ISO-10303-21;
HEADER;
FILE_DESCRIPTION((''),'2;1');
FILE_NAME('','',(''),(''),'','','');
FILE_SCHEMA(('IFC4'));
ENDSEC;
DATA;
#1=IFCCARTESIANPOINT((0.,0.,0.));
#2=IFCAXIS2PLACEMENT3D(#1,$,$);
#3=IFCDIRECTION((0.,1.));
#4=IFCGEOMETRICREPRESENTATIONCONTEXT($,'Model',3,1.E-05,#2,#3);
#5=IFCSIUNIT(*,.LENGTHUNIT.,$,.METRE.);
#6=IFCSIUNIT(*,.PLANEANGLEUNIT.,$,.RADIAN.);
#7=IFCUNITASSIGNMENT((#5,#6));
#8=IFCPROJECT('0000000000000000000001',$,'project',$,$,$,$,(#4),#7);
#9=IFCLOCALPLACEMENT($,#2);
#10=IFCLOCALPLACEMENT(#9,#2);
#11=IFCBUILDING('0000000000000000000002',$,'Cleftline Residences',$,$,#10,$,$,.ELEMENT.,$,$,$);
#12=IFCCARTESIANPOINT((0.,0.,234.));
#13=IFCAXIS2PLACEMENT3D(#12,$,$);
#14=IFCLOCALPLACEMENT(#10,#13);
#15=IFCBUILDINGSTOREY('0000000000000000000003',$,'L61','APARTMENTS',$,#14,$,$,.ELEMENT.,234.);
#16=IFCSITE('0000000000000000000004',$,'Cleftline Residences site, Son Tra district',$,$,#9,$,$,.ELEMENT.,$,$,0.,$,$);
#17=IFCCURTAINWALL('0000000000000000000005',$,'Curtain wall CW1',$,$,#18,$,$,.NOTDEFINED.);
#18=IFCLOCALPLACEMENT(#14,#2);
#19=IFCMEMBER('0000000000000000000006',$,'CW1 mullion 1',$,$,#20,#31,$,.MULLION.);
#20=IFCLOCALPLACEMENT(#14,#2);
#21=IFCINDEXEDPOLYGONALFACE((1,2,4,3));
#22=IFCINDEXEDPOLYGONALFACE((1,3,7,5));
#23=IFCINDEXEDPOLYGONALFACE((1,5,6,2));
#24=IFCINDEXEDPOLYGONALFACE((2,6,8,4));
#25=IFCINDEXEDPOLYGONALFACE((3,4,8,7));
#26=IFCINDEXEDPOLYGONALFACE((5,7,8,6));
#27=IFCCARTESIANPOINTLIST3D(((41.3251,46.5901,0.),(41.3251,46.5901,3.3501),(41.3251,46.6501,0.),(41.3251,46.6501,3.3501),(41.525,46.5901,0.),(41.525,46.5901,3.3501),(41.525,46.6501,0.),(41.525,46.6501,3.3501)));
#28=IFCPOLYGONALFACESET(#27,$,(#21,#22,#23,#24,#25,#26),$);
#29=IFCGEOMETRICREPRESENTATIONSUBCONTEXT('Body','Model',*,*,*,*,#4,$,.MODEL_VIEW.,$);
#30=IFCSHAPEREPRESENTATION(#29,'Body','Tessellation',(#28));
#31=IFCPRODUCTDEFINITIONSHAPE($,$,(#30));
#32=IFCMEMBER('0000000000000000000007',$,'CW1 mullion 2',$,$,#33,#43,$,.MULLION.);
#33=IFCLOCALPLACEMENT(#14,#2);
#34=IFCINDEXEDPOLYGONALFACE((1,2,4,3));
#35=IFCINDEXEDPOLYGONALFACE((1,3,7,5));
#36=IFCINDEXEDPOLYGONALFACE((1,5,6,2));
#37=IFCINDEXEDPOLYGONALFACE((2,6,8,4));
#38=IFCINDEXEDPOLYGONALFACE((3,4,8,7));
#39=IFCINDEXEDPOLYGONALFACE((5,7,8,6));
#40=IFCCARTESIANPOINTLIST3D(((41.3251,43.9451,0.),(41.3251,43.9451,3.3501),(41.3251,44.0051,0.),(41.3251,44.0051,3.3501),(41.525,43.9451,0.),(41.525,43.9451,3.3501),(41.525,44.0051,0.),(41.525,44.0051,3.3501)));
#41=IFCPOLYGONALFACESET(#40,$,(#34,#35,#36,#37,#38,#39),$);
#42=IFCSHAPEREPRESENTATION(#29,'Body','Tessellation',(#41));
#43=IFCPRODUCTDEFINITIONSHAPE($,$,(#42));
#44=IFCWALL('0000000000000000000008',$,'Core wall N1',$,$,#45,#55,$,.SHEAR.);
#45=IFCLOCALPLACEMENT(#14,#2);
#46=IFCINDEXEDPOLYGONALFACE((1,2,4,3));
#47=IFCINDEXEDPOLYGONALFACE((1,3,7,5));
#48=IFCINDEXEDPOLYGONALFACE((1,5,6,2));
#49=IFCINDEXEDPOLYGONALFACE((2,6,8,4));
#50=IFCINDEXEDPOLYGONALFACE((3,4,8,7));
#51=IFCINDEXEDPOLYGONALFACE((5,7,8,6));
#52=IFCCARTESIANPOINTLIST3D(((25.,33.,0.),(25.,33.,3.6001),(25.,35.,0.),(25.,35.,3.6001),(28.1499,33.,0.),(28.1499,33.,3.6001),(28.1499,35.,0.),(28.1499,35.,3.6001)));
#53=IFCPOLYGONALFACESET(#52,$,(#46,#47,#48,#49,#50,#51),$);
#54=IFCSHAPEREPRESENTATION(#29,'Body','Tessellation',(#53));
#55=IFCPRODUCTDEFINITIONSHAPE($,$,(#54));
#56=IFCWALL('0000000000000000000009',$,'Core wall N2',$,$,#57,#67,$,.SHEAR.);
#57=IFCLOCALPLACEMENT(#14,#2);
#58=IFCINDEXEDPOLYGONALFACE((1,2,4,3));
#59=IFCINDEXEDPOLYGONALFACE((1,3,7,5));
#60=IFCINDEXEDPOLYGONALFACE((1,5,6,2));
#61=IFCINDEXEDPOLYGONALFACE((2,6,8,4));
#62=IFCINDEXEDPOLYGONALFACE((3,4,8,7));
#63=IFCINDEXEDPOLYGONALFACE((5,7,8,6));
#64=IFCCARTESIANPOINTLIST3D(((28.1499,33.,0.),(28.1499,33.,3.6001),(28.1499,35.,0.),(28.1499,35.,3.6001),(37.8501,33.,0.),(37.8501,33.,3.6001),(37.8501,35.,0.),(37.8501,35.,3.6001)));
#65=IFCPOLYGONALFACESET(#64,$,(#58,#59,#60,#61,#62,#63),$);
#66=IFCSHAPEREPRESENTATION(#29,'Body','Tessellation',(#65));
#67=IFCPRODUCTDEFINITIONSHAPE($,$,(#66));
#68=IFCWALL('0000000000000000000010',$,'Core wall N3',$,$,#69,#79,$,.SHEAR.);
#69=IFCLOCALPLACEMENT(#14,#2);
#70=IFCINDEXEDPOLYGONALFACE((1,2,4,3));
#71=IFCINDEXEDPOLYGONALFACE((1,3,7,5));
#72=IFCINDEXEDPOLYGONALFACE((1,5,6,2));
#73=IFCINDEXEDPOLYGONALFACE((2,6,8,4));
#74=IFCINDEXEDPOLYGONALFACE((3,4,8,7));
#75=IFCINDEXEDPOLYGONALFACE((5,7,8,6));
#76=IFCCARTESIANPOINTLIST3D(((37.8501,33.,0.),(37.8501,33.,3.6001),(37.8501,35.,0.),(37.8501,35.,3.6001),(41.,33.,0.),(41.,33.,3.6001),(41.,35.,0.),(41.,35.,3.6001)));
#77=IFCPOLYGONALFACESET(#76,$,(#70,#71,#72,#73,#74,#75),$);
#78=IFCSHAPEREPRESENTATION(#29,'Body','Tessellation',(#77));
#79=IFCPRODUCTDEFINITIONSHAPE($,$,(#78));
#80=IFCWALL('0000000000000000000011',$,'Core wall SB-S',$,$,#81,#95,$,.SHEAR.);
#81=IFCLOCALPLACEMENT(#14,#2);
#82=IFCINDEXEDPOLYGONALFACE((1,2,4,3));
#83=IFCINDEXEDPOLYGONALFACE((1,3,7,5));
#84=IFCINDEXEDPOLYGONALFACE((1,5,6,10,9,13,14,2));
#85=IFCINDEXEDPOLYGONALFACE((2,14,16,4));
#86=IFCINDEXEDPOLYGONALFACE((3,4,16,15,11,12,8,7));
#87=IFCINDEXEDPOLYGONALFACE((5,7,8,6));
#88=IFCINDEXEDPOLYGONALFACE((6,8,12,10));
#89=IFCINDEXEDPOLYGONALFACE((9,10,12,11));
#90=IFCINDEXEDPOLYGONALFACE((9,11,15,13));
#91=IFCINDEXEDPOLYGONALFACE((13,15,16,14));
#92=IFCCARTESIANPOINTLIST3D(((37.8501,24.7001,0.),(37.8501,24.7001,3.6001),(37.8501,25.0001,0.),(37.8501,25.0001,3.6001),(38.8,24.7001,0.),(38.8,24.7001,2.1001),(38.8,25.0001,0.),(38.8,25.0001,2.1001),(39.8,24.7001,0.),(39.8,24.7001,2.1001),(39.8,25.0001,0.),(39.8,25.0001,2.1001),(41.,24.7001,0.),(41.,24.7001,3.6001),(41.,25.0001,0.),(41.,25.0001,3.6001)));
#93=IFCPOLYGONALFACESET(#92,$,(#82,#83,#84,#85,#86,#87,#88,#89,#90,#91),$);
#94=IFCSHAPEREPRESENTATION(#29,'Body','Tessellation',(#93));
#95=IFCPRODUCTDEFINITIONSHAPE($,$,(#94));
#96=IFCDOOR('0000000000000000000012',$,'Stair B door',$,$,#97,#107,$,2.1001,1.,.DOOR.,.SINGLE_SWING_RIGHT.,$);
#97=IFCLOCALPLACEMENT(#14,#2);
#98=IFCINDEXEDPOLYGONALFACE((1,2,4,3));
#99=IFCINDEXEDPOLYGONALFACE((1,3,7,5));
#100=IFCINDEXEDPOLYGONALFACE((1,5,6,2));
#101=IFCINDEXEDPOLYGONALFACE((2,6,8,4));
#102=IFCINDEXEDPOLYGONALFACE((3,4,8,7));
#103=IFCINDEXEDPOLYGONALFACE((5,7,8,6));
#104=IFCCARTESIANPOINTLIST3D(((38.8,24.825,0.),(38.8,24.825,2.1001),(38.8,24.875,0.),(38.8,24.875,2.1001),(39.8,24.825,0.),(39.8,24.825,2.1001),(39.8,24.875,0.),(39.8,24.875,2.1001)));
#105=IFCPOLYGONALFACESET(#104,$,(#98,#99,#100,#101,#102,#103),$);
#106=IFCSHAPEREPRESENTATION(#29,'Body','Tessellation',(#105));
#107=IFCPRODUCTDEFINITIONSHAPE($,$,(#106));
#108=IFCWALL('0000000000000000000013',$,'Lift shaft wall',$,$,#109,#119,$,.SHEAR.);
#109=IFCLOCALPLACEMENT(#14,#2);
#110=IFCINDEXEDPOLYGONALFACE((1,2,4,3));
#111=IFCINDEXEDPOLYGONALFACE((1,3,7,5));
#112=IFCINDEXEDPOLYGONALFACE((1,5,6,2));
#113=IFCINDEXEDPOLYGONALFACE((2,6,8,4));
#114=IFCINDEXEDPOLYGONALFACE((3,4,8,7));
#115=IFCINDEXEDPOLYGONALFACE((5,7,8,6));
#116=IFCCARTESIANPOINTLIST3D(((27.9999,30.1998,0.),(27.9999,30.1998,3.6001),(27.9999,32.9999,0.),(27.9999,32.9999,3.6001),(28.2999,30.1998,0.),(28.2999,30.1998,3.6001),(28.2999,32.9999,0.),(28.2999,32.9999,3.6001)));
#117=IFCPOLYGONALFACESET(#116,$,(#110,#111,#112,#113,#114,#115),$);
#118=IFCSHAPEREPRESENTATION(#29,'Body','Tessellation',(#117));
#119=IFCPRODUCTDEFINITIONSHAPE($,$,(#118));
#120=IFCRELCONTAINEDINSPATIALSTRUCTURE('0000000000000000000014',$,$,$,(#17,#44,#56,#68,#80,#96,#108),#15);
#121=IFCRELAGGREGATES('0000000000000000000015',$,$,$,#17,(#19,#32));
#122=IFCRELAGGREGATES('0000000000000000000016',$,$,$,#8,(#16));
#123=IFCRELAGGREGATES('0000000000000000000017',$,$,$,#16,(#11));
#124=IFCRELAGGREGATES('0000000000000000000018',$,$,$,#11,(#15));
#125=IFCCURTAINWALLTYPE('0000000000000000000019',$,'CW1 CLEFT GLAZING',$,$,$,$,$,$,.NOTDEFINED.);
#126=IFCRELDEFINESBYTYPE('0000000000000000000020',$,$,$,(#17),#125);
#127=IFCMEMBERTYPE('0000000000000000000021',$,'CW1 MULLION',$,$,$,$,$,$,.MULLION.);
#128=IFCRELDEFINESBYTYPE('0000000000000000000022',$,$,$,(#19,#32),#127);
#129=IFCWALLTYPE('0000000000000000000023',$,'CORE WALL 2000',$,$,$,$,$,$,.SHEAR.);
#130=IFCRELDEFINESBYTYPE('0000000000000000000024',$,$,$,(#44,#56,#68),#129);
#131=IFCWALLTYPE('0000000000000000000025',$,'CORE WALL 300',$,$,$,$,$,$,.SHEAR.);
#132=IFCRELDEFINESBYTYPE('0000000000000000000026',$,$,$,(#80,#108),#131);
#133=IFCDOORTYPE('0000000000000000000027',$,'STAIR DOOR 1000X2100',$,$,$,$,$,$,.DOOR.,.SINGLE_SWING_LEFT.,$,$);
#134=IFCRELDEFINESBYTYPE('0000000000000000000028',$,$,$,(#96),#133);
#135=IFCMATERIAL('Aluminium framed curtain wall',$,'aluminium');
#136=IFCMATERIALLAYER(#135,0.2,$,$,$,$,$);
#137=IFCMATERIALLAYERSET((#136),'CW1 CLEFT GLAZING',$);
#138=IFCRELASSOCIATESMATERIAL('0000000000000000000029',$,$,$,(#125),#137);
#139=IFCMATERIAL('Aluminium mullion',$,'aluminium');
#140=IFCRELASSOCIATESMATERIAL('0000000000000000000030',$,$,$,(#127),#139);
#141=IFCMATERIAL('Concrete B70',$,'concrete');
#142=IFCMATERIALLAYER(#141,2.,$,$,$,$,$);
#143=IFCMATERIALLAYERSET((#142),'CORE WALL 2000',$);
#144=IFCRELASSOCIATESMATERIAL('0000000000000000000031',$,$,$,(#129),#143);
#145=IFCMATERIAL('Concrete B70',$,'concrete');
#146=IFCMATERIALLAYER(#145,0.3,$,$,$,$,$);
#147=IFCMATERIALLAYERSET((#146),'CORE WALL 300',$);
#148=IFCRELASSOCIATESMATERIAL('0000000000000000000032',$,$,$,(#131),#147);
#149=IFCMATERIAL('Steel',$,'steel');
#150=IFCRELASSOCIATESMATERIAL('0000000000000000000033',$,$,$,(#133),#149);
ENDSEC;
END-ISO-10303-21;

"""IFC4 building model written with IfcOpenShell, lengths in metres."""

from ifc_helpers import new_model, si_unit, direction, frame, frame_2d, origin, origin_2d, place, context, subcontext, project, spatial, rectangle, extrude, material, layer, layer_set, material_profile, profile_set, type_object, element, fill, aggregate, save


model = new_model("IFC4")

# Units and contexts
model_context = context("Model", 3, precision=1e-05, world=origin(), true_north=direction((0.0, 1.0)))
body_context = subcontext(model_context, "Body", "Model", "MODEL_VIEW")
ifc_project = project(units=[si_unit("LENGTHUNIT", "METRE"), si_unit("PLANEANGLEUNIT", "RADIAN")], contexts=[model_context])

# Site, building, storey
site_placement = place(None, origin())
site = spatial("IfcSite", under=ifc_project, at=site_placement, Name="Cleftline Residences site, Son Tra district", CompositionType="ELEMENT", RefElevation=0.0)
building_placement = place(site_placement, origin())
building = spatial("IfcBuilding", under=site, at=building_placement, Name="Cleftline Residences", CompositionType="ELEMENT")
storey_placement = place(building_placement, frame((0.0, 0.0, 234.0)))
storey = spatial("IfcBuildingStorey", under=building, at=storey_placement, Name="L61", Description="APARTMENTS", CompositionType="ELEMENT", Elevation=234.0)

# Curtain wall, members
ifc_material_1 = material(Name="Aluminium framed curtain wall", Category="aluminium")
ifc_layer_1 = layer(ifc_material_1, 0.2)
ifc_layer_set_1 = layer_set([ifc_layer_1], Name="CW1 CLEFT GLAZING")
curtain_wall_type = type_object("IfcCurtainWallType", Name="CW1 CLEFT GLAZING", PredefinedType="NOTDEFINED", material=ifc_layer_set_1)
curtain_wall_placement = place(storey_placement, origin())
curtain_wall = element("IfcCurtainWall", 1, at=curtain_wall_placement, inside=storey, type_object=curtain_wall_type, Name="Curtain wall CW1", PredefinedType="NOTDEFINED")
ifc_material_2 = material(Name="Aluminium mullion", Category="aluminium")
ifc_material_profile = material_profile(ifc_material_2, rectangle(XDim=0.2, YDim=0.0601, at=origin_2d()))
ifc_profile_set = profile_set([ifc_material_profile], Name="Aluminium mullion")
member_type = type_object("IfcMemberType", Name="CW1 MULLION", PredefinedType="MULLION", material=ifc_profile_set)
member_1_placement = place(storey_placement, frame((41.425, 46.6201, 0.0), z_axis=(0.0, 0.0, 1.0), x_axis=(1.0, 0.0, 0.0)))
member_1 = element("IfcMember", 2, at=member_1_placement, type_object=member_type, Name="CW1 mullion 1", PredefinedType="MULLION", context=body_context, shape_type="SweptSolid", body=[
    extrude(rectangle(XDim=0.2, YDim=0.0601, at=origin_2d()), origin(), (0.0, 0.0, 1.0), 3.3501),
])
member_2_placement = place(storey_placement, frame((41.425, 43.9751, 0.0), z_axis=(0.0, 0.0, 1.0), x_axis=(1.0, 0.0, 0.0)))
member_2 = element("IfcMember", 3, at=member_2_placement, type_object=member_type, Name="CW1 mullion 2", PredefinedType="MULLION", context=body_context, shape_type="SweptSolid", body=[
    extrude(rectangle(XDim=0.2, YDim=0.0601, at=origin_2d()), origin(), (0.0, 0.0, 1.0), 3.3501),
])
aggregate(curtain_wall, [member_1, member_2])

# Walls
ifc_material_3 = material(Name="Concrete B70", Category="concrete")
ifc_layer_2 = layer(ifc_material_3, 2.0)
ifc_layer_set_2 = layer_set([ifc_layer_2], Name="CORE WALL 2000")
wall_type_1 = type_object("IfcWallType", Name="CORE WALL 2000", PredefinedType="SHEAR", material=ifc_layer_set_2)
wall_1_placement = place(storey_placement, frame((25.0, 34.0, 0.0), z_axis=(0.0, 0.0, 1.0), x_axis=(1.0, 0.0, 0.0)))
element("IfcWall", 4, at=wall_1_placement, inside=storey, type_object=wall_type_1, Name="Core wall N1", PredefinedType="SHEAR", context=body_context, shape_type="SweptSolid", body=[
    extrude(rectangle(XDim=3.1499, YDim=2.0, at=frame_2d((1.575, 0.0))), origin(), (0.0, 0.0, 1.0), 3.6001),
])
wall_2_placement = place(storey_placement, frame((28.1499, 34.0, 0.0), z_axis=(0.0, 0.0, 1.0), x_axis=(1.0, 0.0, 0.0)))
element("IfcWall", 5, at=wall_2_placement, inside=storey, type_object=wall_type_1, Name="Core wall N2", PredefinedType="SHEAR", context=body_context, shape_type="SweptSolid", body=[
    extrude(rectangle(XDim=9.7002, YDim=2.0, at=frame_2d((4.8501, 0.0))), origin(), (0.0, 0.0, 1.0), 3.6001),
])
wall_3_placement = place(storey_placement, frame((37.8501, 34.0, 0.0), z_axis=(0.0, 0.0, 1.0), x_axis=(1.0, 0.0, 0.0)))
element("IfcWall", 6, at=wall_3_placement, inside=storey, type_object=wall_type_1, Name="Core wall N3", PredefinedType="SHEAR", context=body_context, shape_type="SweptSolid", body=[
    extrude(rectangle(XDim=3.1499, YDim=2.0, at=frame_2d((1.575, 0.0))), origin(), (0.0, 0.0, 1.0), 3.6001),
])

# Wall, opening, door
ifc_material_4 = material(Name="Concrete B70", Category="concrete")
ifc_layer_3 = layer(ifc_material_4, 0.3)
ifc_layer_set_3 = layer_set([ifc_layer_3], Name="CORE WALL 300")
wall_type_2 = type_object("IfcWallType", Name="CORE WALL 300", PredefinedType="SHEAR", material=ifc_layer_set_3)
wall_4_placement = place(storey_placement, frame((37.8501, 24.8501, 0.0), z_axis=(0.0, 0.0, 1.0), x_axis=(1.0, 0.0, 0.0)))
wall_4 = element("IfcWall", 7, at=wall_4_placement, inside=storey, type_object=wall_type_2, Name="Core wall SB-S", PredefinedType="SHEAR", context=body_context, shape_type="SweptSolid", body=[
    extrude(rectangle(XDim=3.1499, YDim=0.3, at=frame_2d((1.575, 0.0))), origin(), (0.0, 0.0, 1.0), 3.6001),
])
opening_1_placement = place(wall_4_placement, frame((0.95, 0.0, 0.0)))
opening_1 = element("IfcOpeningElement", 8, at=opening_1_placement, cuts=wall_4, PredefinedType="OPENING", context=body_context, shape_type="SweptSolid", body=[
    extrude(rectangle(XDim=1.0, YDim=2.1001, at=frame_2d((0.5, 1.05))), frame((0.0, 0.1599, 0.0), z_axis=(0.0, -1.0, 0.0), x_axis=(1.0, 0.0, 0.0)), (0.0, 0.0, 1.0), 0.3201),
])
ifc_material_5 = material(Name="Steel", Category="steel")
door_type_1 = type_object("IfcDoorType", Name="STAIR DOOR 1000X2100", OperationType="SINGLE_SWING_LEFT", PredefinedType="DOOR", material=ifc_material_5)
door_1_placement = place(opening_1_placement, origin())
door_1 = element("IfcDoor", 9, at=door_1_placement, inside=storey, type_object=door_type_1, Name="Stair B door", OperationType="SINGLE_SWING_RIGHT", OverallHeight=2.1001, OverallWidth=1.0, PredefinedType="DOOR", context=body_context, shape_type="SweptSolid", body=[
    extrude(rectangle(XDim=1.0, YDim=2.1001, at=frame_2d((0.5, 1.05))), frame((0.0, 0.0249, 0.0), z_axis=(0.0, -1.0, 0.0), x_axis=(1.0, 0.0, 0.0)), (0.0, 0.0, 1.0), 0.05),
])
fill(opening_1, door_1)

# Wall
wall_5_placement = place(storey_placement, frame((28.1499, 30.2, 0.0), z_axis=(0.0, 0.0, 1.0), x_axis=(0.0, 1.0, 0.0)))
element("IfcWall", 10, at=wall_5_placement, inside=storey, type_object=wall_type_2, Name="Lift shaft wall", PredefinedType="SHEAR", context=body_context, shape_type="SweptSolid", body=[
    extrude(rectangle(XDim=2.8, YDim=0.3, at=frame_2d((1.3999, 0.0))), origin(), (0.0, 0.0, 1.0), 3.6001),
])

save(model, "model.ifc")
